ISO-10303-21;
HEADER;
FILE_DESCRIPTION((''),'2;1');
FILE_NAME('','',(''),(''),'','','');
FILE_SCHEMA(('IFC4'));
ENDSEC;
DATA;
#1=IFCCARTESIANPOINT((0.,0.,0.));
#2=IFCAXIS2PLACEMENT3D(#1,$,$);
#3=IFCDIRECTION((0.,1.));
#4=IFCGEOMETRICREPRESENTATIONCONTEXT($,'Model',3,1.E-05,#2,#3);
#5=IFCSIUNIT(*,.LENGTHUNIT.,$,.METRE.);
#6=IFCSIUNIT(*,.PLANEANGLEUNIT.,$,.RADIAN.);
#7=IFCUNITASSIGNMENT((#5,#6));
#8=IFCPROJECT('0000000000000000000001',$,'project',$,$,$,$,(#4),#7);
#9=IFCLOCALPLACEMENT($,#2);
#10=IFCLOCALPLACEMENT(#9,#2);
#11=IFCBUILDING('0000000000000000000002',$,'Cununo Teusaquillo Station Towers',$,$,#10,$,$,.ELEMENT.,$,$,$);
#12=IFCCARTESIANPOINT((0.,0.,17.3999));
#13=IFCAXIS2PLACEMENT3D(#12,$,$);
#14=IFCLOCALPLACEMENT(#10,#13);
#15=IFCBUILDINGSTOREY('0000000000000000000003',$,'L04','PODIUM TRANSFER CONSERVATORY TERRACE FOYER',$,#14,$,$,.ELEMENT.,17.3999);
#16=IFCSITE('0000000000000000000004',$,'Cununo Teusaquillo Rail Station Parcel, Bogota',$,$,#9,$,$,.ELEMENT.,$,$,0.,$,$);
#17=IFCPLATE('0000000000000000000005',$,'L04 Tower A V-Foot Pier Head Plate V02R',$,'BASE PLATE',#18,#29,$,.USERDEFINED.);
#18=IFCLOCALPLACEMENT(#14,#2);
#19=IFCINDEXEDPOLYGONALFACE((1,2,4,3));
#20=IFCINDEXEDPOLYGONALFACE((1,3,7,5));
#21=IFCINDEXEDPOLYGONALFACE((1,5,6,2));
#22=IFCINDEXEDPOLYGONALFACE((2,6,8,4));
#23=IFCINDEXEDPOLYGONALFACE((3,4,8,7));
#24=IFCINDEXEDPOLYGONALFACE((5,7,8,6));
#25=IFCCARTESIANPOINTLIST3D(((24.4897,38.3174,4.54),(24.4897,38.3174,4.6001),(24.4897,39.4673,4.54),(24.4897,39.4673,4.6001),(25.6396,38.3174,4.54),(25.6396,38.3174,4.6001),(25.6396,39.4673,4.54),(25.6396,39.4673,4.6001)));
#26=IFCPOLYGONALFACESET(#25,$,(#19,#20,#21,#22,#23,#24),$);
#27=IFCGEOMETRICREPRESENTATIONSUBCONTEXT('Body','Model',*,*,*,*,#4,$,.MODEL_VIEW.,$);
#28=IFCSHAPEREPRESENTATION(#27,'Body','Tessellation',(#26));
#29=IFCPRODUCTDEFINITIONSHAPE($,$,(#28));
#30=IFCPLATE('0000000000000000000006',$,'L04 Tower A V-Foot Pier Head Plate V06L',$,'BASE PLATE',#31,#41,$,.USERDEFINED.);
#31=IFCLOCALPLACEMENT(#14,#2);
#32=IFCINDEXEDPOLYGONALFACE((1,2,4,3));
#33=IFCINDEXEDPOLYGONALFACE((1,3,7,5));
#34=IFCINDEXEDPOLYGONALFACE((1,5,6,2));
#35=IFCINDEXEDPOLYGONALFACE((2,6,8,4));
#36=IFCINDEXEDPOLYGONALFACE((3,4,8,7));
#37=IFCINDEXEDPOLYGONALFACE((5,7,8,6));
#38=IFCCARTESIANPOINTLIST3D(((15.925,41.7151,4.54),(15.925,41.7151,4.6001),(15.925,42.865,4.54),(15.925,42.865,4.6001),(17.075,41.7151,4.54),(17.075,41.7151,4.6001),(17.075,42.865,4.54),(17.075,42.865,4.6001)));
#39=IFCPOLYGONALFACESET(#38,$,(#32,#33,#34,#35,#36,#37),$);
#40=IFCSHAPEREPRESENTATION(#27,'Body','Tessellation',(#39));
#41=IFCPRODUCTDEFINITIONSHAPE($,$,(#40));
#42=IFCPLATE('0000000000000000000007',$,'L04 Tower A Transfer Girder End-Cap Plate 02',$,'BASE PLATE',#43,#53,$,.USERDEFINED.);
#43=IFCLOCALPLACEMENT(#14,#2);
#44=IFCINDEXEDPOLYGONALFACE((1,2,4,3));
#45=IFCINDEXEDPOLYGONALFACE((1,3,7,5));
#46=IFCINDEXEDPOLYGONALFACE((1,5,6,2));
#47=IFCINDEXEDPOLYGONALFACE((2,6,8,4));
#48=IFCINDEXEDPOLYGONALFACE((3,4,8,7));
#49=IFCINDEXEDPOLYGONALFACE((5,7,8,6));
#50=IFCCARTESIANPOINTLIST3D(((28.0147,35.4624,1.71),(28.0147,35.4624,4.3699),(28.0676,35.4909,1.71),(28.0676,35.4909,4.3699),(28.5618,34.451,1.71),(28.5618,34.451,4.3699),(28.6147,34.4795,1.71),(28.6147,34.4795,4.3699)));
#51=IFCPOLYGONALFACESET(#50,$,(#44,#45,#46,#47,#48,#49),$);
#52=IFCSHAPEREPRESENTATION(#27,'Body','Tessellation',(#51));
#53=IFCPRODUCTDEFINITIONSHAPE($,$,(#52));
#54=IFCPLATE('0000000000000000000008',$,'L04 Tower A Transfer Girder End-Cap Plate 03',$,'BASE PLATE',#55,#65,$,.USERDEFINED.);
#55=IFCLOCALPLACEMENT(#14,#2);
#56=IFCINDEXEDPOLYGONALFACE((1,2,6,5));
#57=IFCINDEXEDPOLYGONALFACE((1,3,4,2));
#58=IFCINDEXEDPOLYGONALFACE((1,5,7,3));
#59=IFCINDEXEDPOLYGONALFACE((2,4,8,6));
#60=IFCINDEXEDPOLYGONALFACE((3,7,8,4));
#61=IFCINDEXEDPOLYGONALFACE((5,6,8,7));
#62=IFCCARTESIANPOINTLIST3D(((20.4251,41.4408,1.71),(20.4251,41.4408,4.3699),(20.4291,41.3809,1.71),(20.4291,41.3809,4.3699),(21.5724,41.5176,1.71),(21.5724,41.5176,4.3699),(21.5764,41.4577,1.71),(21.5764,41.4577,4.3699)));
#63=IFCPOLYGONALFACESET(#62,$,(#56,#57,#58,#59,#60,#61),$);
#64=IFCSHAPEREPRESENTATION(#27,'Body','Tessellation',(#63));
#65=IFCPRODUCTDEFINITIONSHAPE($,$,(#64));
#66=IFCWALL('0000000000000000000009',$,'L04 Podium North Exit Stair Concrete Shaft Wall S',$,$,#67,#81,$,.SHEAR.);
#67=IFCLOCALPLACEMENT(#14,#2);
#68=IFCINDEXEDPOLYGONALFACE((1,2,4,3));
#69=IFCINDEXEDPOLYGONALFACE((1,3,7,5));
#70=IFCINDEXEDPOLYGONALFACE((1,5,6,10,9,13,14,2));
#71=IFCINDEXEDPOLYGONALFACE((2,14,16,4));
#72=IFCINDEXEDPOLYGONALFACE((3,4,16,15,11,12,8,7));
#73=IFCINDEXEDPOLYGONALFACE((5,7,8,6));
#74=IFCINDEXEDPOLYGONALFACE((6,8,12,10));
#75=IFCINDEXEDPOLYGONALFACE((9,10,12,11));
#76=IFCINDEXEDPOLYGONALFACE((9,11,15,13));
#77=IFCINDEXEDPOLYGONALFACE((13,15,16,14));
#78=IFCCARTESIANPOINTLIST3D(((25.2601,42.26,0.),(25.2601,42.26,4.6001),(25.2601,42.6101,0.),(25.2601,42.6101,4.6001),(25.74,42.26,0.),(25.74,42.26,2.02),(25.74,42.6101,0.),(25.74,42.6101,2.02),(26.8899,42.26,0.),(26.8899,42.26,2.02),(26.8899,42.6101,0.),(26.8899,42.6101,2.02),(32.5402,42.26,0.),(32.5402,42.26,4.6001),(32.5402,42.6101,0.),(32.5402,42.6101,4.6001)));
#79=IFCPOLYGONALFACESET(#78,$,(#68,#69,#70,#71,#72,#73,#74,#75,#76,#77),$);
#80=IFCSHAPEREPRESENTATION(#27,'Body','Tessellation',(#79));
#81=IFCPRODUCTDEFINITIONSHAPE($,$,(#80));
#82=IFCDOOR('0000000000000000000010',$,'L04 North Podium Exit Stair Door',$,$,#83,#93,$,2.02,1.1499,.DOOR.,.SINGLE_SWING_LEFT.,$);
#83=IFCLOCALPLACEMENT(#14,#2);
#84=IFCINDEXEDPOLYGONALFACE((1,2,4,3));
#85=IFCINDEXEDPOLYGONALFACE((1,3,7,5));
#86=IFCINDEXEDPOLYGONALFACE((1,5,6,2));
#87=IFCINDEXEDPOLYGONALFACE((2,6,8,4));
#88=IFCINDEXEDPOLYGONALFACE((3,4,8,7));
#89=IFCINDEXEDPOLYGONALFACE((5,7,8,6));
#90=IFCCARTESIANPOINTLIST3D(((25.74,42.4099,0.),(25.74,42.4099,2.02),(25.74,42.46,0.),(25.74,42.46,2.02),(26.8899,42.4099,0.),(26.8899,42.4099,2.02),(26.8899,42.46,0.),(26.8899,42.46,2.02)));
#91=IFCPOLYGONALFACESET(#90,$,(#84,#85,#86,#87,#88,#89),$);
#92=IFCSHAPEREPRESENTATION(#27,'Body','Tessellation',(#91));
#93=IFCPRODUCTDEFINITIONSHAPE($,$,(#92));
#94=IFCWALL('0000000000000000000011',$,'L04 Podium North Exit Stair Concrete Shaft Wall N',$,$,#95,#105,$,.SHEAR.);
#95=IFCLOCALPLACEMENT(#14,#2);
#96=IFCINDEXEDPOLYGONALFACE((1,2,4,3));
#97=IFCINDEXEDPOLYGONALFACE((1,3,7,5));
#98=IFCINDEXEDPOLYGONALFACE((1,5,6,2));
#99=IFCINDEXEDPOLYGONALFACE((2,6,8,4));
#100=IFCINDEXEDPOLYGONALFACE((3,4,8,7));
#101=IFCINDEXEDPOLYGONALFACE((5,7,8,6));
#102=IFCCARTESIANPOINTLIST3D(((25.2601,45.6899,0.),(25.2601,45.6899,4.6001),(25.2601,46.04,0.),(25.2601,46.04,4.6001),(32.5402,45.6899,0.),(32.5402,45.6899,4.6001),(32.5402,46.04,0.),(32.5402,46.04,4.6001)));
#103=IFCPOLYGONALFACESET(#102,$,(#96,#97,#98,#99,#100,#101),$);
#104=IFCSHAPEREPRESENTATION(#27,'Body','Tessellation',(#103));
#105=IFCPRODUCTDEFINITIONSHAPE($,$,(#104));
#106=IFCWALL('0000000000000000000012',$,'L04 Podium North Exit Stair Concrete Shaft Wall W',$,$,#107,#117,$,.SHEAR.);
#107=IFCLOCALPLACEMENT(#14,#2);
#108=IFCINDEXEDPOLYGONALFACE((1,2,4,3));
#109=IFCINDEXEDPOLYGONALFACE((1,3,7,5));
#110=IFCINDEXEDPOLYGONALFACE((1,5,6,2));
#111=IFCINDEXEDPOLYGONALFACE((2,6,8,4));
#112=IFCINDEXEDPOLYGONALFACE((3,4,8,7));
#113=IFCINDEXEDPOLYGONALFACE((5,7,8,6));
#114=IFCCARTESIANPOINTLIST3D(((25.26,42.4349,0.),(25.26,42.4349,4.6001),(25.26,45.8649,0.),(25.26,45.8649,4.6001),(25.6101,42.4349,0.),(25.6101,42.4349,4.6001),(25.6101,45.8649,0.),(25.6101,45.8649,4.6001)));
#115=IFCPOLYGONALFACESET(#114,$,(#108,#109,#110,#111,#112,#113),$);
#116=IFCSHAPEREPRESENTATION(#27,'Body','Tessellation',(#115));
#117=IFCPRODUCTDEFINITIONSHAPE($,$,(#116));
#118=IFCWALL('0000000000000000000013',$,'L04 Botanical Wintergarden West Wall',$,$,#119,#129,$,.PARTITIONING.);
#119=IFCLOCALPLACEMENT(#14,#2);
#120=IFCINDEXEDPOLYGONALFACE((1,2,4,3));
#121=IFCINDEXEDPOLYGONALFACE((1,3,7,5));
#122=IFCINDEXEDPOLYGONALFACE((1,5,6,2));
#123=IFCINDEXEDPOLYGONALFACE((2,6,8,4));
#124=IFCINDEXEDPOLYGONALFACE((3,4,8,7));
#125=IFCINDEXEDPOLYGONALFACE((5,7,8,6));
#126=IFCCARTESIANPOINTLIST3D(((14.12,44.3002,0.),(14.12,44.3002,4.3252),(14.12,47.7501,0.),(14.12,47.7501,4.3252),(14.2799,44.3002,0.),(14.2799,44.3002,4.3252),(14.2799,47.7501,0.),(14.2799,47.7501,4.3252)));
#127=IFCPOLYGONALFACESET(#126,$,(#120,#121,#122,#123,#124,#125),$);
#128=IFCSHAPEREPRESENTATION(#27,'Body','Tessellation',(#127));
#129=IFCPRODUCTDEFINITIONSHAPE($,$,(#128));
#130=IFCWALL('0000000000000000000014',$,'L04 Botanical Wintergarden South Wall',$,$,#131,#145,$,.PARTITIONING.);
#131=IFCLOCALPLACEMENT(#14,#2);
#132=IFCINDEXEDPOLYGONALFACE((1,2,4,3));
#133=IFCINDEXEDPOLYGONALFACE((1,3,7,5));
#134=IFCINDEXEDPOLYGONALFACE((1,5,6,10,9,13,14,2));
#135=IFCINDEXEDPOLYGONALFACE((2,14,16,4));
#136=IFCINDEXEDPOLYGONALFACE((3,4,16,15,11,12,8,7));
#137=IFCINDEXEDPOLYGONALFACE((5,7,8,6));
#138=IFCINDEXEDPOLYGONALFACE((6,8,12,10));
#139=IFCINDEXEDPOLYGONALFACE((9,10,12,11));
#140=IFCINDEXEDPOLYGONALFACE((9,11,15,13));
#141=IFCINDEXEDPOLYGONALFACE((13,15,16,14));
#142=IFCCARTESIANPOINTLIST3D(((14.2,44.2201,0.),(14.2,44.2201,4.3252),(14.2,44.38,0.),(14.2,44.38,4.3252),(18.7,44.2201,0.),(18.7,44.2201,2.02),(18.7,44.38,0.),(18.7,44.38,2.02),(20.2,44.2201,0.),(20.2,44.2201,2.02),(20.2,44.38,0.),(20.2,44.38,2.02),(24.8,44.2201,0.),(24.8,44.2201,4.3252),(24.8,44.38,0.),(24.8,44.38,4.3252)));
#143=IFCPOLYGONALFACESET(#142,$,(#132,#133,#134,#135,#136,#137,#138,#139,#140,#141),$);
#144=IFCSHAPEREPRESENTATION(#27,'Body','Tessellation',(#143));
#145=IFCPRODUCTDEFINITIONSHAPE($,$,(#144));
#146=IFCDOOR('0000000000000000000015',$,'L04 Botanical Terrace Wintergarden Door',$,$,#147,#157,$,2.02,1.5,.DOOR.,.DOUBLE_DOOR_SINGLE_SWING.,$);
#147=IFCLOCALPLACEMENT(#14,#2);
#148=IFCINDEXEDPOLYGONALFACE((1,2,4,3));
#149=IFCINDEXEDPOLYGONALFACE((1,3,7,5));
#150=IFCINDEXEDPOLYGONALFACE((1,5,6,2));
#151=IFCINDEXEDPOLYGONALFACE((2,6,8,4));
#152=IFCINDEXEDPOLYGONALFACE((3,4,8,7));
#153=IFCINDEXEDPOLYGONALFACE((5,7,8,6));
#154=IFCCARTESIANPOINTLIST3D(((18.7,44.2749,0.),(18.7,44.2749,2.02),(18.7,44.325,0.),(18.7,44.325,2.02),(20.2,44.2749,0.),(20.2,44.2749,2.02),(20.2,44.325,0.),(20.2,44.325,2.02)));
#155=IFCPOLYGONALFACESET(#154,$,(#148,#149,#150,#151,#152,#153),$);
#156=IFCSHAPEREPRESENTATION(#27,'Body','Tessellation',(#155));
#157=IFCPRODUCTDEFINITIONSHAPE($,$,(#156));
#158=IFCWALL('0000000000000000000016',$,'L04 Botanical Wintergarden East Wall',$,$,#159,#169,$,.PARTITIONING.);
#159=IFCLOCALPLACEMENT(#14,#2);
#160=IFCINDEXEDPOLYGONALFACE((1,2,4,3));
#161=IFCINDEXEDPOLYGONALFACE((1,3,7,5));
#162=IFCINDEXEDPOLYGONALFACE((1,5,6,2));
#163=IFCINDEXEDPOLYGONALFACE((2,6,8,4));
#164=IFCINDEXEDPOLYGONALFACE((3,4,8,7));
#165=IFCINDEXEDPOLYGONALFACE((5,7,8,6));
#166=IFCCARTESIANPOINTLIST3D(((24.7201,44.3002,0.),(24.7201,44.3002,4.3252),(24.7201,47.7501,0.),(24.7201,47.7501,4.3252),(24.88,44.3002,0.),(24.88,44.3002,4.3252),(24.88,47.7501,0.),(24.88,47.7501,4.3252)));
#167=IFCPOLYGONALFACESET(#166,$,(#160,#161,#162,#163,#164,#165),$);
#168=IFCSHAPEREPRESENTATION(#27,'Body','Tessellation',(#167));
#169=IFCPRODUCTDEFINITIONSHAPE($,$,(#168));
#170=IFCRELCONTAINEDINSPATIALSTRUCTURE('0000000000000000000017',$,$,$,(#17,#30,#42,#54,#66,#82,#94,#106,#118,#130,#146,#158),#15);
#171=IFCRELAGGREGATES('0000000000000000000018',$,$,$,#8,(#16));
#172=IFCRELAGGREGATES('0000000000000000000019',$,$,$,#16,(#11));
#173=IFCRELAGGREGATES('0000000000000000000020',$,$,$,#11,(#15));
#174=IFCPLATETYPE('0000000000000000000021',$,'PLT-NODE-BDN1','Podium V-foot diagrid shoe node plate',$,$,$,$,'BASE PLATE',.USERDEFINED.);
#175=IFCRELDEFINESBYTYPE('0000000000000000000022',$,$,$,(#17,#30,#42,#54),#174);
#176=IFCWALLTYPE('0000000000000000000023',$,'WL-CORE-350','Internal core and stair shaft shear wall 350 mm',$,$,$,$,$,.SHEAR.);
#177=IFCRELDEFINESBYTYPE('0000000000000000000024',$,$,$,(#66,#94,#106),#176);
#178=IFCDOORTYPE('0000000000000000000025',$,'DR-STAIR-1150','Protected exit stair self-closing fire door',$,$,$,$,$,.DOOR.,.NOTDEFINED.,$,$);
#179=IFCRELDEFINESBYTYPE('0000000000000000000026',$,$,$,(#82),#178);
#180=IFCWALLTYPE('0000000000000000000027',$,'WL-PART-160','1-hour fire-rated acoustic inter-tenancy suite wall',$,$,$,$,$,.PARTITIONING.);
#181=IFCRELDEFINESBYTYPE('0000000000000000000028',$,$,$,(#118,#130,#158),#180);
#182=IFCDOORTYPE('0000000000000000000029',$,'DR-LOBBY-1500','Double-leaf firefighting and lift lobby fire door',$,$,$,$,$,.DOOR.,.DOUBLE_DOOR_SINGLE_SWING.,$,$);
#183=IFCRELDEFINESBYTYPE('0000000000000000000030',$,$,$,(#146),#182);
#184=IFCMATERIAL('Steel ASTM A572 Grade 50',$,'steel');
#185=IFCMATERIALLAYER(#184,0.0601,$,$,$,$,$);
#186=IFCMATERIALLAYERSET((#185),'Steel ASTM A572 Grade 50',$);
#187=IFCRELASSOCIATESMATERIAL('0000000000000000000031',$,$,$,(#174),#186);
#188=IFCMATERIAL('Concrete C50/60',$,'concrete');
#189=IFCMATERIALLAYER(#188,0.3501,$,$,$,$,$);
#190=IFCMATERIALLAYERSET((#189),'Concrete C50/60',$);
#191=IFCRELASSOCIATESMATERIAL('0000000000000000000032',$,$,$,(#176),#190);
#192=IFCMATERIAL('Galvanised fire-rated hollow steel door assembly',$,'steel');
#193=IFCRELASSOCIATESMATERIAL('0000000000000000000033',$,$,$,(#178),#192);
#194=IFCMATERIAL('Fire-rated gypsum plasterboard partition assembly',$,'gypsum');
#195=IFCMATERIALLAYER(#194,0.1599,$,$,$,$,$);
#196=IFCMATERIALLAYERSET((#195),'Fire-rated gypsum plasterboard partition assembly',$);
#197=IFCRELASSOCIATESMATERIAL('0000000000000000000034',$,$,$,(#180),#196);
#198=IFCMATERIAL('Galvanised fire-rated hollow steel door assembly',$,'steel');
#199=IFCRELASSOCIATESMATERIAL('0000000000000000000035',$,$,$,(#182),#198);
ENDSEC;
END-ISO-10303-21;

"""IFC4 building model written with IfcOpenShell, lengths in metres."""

from ifc_helpers import new_model, si_unit, direction, frame, frame_2d, origin, origin_2d, place, context, subcontext, project, spatial, rectangle, extrude, source, transform, mapped, material, layer, layer_set, type_object, element, fill, save


model = new_model("IFC4")

# Units and contexts
model_context = context("Model", 3, precision=1e-05, world=origin(), true_north=direction((0.0, 1.0)))
body_context = subcontext(model_context, "Body", "Model", "MODEL_VIEW")
ifc_project = project(units=[si_unit("LENGTHUNIT", "METRE"), si_unit("PLANEANGLEUNIT", "RADIAN")], contexts=[model_context])

# Site, building, storey
site_placement = place(None, origin())
site = spatial("IfcSite", under=ifc_project, at=site_placement, Name="Cununo Teusaquillo Rail Station Parcel, Bogota", CompositionType="ELEMENT", RefElevation=0.0)
building_placement = place(site_placement, origin())
building = spatial("IfcBuilding", under=site, at=building_placement, Name="Cununo Teusaquillo Station Towers", CompositionType="ELEMENT")
storey_placement = place(building_placement, frame((0.0, 0.0, 17.3999)))
storey = spatial("IfcBuildingStorey", under=building, at=storey_placement, Name="L04", Description="PODIUM TRANSFER CONSERVATORY TERRACE FOYER", CompositionType="ELEMENT", Elevation=17.3999)

# Plates
ifc_material_1 = material(Name="Steel ASTM A572 Grade 50", Category="steel")
ifc_layer_1 = layer(ifc_material_1, 0.0601)
ifc_layer_set_1 = layer_set([ifc_layer_1], Name="Steel ASTM A572 Grade 50")
plate_type = type_object("IfcPlateType", Name="PLT-NODE-BDN1", Description="Podium V-foot diagrid shoe node plate", ElementType="BASE PLATE", PredefinedType="USERDEFINED", material=ifc_layer_set_1)
shared_shape_1 = source(origin(), body_context, "Body", "SweptSolid", [
    extrude(rectangle(XDim=1.1499, YDim=1.1499, at=origin_2d()), origin(), (0.0, 0.0, 1.0), 0.0601),
])
for number, where, z_axis, x_axis, name in (
    (1, (25.0647, 38.8923, 4.54), (0.0, 0.0, 1.0), (1.0, 0.0, 0.0), "L04 Tower A V-Foot Pier Head Plate V02R"),
    (2, (16.5, 42.29, 4.54), (0.0, 0.0, 1.0), (1.0, 0.0, 0.0), "L04 Tower A V-Foot Pier Head Plate V06L"),
):
    element("IfcPlate", number, at=place(storey_placement, frame(where, z_axis=z_axis, x_axis=x_axis)), inside=storey, type_object=plate_type, Name=name, ObjectType="BASE PLATE", PredefinedType="USERDEFINED", context=body_context, shape_type="MappedRepresentation", body=[
        mapped(shared_shape_1, transform((0.0, 0.0, 0.0), x_axis=(1.0, 0.0, 0.0), y_axis=(0.0, 1.0, 0.0), z_axis=(0.0, 0.0, 1.0), scale=1.0)),
    ])
shared_shape_2 = source(origin(), body_context, "Body", "SweptSolid", [
    extrude(rectangle(XDim=0.0601, YDim=1.1499, at=origin_2d()), origin(), (0.0, 0.0, 1.0), 2.6599),
])
for number, where, z_axis, x_axis, name in (
    (3, (28.3147, 34.9709, 1.71), (0.0, 0.0, 1.0), (0.879566, 0.475778, 0.0), "L04 Tower A Transfer Girder End-Cap Plate 02"),
    (4, (21.0007, 41.4492, 1.71), (0.0, 0.0, 1.0), (-0.066796, 0.997767, 0.0), "L04 Tower A Transfer Girder End-Cap Plate 03"),
):
    element("IfcPlate", number, at=place(storey_placement, frame(where, z_axis=z_axis, x_axis=x_axis)), inside=storey, type_object=plate_type, Name=name, ObjectType="BASE PLATE", PredefinedType="USERDEFINED", context=body_context, shape_type="MappedRepresentation", body=[
        mapped(shared_shape_2, transform((0.0, 0.0, 0.0), x_axis=(1.0, 0.0, 0.0), y_axis=(0.0, 1.0, 0.0), z_axis=(0.0, 0.0, 1.0), scale=1.0)),
    ])

# Wall, opening, door
ifc_material_2 = material(Name="Concrete C50/60", Category="concrete")
ifc_layer_2 = layer(ifc_material_2, 0.3501)
ifc_layer_set_2 = layer_set([ifc_layer_2], Name="Concrete C50/60")
wall_type_1 = type_object("IfcWallType", Name="WL-CORE-350", Description="Internal core and stair shaft shear wall 350 mm", PredefinedType="SHEAR", material=ifc_layer_set_2)
wall_1_placement = place(storey_placement, frame((25.26, 42.4351, 0.0), z_axis=(0.0, 0.0, 1.0), x_axis=(1.0, 0.0, 0.0)))
wall_1 = element("IfcWall", 5, at=wall_1_placement, inside=storey, type_object=wall_type_1, Name="L04 Podium North Exit Stair Concrete Shaft Wall S", PredefinedType="SHEAR", context=body_context, shape_type="SweptSolid", body=[
    extrude(rectangle(XDim=7.28, YDim=0.3501, at=frame_2d((3.6401, 0.0))), origin(), (0.0, 0.0, 1.0), 4.6001),
])
shared_shape_3 = source(origin(), body_context, "Body", "SweptSolid", [
    extrude(rectangle(XDim=1.1499, YDim=2.02, at=frame_2d((0.575, 1.01))), frame((0.0, 0.1851, 0.0), z_axis=(0.0, -1.0, 0.0), x_axis=(1.0, 0.0, 0.0)), (0.0, 0.0, 1.0), 0.3701),
])
opening_1_placement = place(wall_1_placement, frame((0.48, 0.0, 0.0)))
opening_1 = element("IfcOpeningElement", 6, at=opening_1_placement, cuts=wall_1, PredefinedType="OPENING", context=body_context, shape_type="MappedRepresentation", body=[
    mapped(shared_shape_3, transform((0.0, 0.0, 0.0), x_axis=(1.0, 0.0, 0.0), y_axis=(0.0, 1.0, 0.0), z_axis=(0.0, 0.0, 1.0), scale=1.0)),
])
ifc_material_3 = material(Name="Galvanised fire-rated hollow steel door assembly", Category="steel")
door_type_1 = type_object("IfcDoorType", Name="DR-STAIR-1150", Description="Protected exit stair self-closing fire door", OperationType="NOTDEFINED", PredefinedType="DOOR", material=ifc_material_3)
shared_shape_4 = source(origin(), body_context, "Body", "SweptSolid", [
    extrude(rectangle(XDim=1.1499, YDim=2.02, at=frame_2d((0.575, 1.01))), frame((0.0, 0.0249, 0.0), z_axis=(0.0, -1.0, 0.0), x_axis=(1.0, 0.0, 0.0)), (0.0, 0.0, 1.0), 0.05),
])
door_1_placement = place(opening_1_placement, origin())
door_1 = element("IfcDoor", 7, at=door_1_placement, inside=storey, type_object=door_type_1, Name="L04 North Podium Exit Stair Door", OperationType="SINGLE_SWING_LEFT", OverallHeight=2.02, OverallWidth=1.1499, PredefinedType="DOOR", context=body_context, shape_type="MappedRepresentation", body=[
    mapped(shared_shape_4, transform((0.0, 0.0, 0.0), x_axis=(1.0, 0.0, 0.0), y_axis=(0.0, 1.0, 0.0), z_axis=(0.0, 0.0, 1.0), scale=1.0)),
])
fill(opening_1, door_1)

# Walls
wall_2_placement = place(storey_placement, frame((25.26, 45.865, 0.0), z_axis=(0.0, 0.0, 1.0), x_axis=(1.0, 0.0, 0.0)))
element("IfcWall", 8, at=wall_2_placement, inside=storey, type_object=wall_type_1, Name="L04 Podium North Exit Stair Concrete Shaft Wall N", PredefinedType="SHEAR", context=body_context, shape_type="SweptSolid", body=[
    extrude(rectangle(XDim=7.28, YDim=0.3501, at=frame_2d((3.6401, 0.0))), origin(), (0.0, 0.0, 1.0), 4.6001),
])
wall_3_placement = place(storey_placement, frame((25.4351, 42.4351, 0.0), z_axis=(0.0, 0.0, 1.0), x_axis=(0.0, 1.0, 0.0)))
element("IfcWall", 9, at=wall_3_placement, inside=storey, type_object=wall_type_1, Name="L04 Podium North Exit Stair Concrete Shaft Wall W", PredefinedType="SHEAR", context=body_context, shape_type="SweptSolid", body=[
    extrude(rectangle(XDim=3.4299, YDim=0.3501, at=frame_2d((1.7148, 0.0))), origin(), (0.0, 0.0, 1.0), 4.6001),
])
ifc_material_4 = material(Name="Fire-rated gypsum plasterboard partition assembly", Category="gypsum")
ifc_layer_3 = layer(ifc_material_4, 0.1599)
ifc_layer_set_3 = layer_set([ifc_layer_3], Name="Fire-rated gypsum plasterboard partition assembly")
wall_type_2 = type_object("IfcWallType", Name="WL-PART-160", Description="1-hour fire-rated acoustic inter-tenancy suite wall", PredefinedType="PARTITIONING", material=ifc_layer_set_3)
wall_4_placement = place(storey_placement, frame((14.2, 44.3, 0.0), z_axis=(0.0, 0.0, 1.0), x_axis=(0.0, 1.0, 0.0)))
element("IfcWall", 10, at=wall_4_placement, inside=storey, type_object=wall_type_2, Name="L04 Botanical Wintergarden West Wall", PredefinedType="PARTITIONING", context=body_context, shape_type="SweptSolid", body=[
    extrude(rectangle(XDim=3.45, YDim=0.1599, at=frame_2d((1.7251, 0.0))), origin(), (0.0, 0.0, 1.0), 4.3252),
])

# Wall, opening, door
wall_5_placement = place(storey_placement, frame((14.2, 44.3, 0.0), z_axis=(0.0, 0.0, 1.0), x_axis=(1.0, 0.0, 0.0)))
wall_5 = element("IfcWall", 11, at=wall_5_placement, inside=storey, type_object=wall_type_2, Name="L04 Botanical Wintergarden South Wall", PredefinedType="PARTITIONING", context=body_context, shape_type="SweptSolid", body=[
    extrude(rectangle(XDim=10.6001, YDim=0.1599, at=frame_2d((5.3, 0.0))), origin(), (0.0, 0.0, 1.0), 4.3252),
])
shared_shape_5 = source(origin(), body_context, "Body", "SweptSolid", [
    extrude(rectangle(XDim=1.5, YDim=2.02, at=frame_2d((0.75, 1.01))), frame((0.0, 0.0898, 0.0), z_axis=(0.0, -1.0, 0.0), x_axis=(1.0, 0.0, 0.0)), (0.0, 0.0, 1.0), 0.1799),
])
opening_2_placement = place(wall_5_placement, frame((4.5, 0.0, 0.0)))
opening_2 = element("IfcOpeningElement", 12, at=opening_2_placement, cuts=wall_5, PredefinedType="OPENING", context=body_context, shape_type="MappedRepresentation", body=[
    mapped(shared_shape_5, transform((0.0, 0.0, 0.0), x_axis=(1.0, 0.0, 0.0), y_axis=(0.0, 1.0, 0.0), z_axis=(0.0, 0.0, 1.0), scale=1.0)),
])
ifc_material_5 = material(Name="Galvanised fire-rated hollow steel door assembly", Category="steel")
door_type_2 = type_object("IfcDoorType", Name="DR-LOBBY-1500", Description="Double-leaf firefighting and lift lobby fire door", OperationType="DOUBLE_DOOR_SINGLE_SWING", PredefinedType="DOOR", material=ifc_material_5)
shared_shape_6 = source(origin(), body_context, "Body", "SweptSolid", [
    extrude(rectangle(XDim=1.5, YDim=2.02, at=frame_2d((0.75, 1.01))), frame((0.0, 0.0249, 0.0), z_axis=(0.0, -1.0, 0.0), x_axis=(1.0, 0.0, 0.0)), (0.0, 0.0, 1.0), 0.05),
])
door_2_placement = place(opening_2_placement, origin())
door_2 = element("IfcDoor", 13, at=door_2_placement, inside=storey, type_object=door_type_2, Name="L04 Botanical Terrace Wintergarden Door", OperationType="DOUBLE_DOOR_SINGLE_SWING", OverallHeight=2.02, OverallWidth=1.5, PredefinedType="DOOR", context=body_context, shape_type="MappedRepresentation", body=[
    mapped(shared_shape_6, transform((0.0, 0.0, 0.0), x_axis=(1.0, 0.0, 0.0), y_axis=(0.0, 1.0, 0.0), z_axis=(0.0, 0.0, 1.0), scale=1.0)),
])
fill(opening_2, door_2)

# Wall
wall_6_placement = place(storey_placement, frame((24.8, 44.3, 0.0), z_axis=(0.0, 0.0, 1.0), x_axis=(0.0, 1.0, 0.0)))
element("IfcWall", 14, at=wall_6_placement, inside=storey, type_object=wall_type_2, Name="L04 Botanical Wintergarden East Wall", PredefinedType="PARTITIONING", context=body_context, shape_type="SweptSolid", body=[
    extrude(rectangle(XDim=3.45, YDim=0.1599, at=frame_2d((1.7251, 0.0))), origin(), (0.0, 0.0, 1.0), 4.3252),
])

save(model, "model.ifc")
